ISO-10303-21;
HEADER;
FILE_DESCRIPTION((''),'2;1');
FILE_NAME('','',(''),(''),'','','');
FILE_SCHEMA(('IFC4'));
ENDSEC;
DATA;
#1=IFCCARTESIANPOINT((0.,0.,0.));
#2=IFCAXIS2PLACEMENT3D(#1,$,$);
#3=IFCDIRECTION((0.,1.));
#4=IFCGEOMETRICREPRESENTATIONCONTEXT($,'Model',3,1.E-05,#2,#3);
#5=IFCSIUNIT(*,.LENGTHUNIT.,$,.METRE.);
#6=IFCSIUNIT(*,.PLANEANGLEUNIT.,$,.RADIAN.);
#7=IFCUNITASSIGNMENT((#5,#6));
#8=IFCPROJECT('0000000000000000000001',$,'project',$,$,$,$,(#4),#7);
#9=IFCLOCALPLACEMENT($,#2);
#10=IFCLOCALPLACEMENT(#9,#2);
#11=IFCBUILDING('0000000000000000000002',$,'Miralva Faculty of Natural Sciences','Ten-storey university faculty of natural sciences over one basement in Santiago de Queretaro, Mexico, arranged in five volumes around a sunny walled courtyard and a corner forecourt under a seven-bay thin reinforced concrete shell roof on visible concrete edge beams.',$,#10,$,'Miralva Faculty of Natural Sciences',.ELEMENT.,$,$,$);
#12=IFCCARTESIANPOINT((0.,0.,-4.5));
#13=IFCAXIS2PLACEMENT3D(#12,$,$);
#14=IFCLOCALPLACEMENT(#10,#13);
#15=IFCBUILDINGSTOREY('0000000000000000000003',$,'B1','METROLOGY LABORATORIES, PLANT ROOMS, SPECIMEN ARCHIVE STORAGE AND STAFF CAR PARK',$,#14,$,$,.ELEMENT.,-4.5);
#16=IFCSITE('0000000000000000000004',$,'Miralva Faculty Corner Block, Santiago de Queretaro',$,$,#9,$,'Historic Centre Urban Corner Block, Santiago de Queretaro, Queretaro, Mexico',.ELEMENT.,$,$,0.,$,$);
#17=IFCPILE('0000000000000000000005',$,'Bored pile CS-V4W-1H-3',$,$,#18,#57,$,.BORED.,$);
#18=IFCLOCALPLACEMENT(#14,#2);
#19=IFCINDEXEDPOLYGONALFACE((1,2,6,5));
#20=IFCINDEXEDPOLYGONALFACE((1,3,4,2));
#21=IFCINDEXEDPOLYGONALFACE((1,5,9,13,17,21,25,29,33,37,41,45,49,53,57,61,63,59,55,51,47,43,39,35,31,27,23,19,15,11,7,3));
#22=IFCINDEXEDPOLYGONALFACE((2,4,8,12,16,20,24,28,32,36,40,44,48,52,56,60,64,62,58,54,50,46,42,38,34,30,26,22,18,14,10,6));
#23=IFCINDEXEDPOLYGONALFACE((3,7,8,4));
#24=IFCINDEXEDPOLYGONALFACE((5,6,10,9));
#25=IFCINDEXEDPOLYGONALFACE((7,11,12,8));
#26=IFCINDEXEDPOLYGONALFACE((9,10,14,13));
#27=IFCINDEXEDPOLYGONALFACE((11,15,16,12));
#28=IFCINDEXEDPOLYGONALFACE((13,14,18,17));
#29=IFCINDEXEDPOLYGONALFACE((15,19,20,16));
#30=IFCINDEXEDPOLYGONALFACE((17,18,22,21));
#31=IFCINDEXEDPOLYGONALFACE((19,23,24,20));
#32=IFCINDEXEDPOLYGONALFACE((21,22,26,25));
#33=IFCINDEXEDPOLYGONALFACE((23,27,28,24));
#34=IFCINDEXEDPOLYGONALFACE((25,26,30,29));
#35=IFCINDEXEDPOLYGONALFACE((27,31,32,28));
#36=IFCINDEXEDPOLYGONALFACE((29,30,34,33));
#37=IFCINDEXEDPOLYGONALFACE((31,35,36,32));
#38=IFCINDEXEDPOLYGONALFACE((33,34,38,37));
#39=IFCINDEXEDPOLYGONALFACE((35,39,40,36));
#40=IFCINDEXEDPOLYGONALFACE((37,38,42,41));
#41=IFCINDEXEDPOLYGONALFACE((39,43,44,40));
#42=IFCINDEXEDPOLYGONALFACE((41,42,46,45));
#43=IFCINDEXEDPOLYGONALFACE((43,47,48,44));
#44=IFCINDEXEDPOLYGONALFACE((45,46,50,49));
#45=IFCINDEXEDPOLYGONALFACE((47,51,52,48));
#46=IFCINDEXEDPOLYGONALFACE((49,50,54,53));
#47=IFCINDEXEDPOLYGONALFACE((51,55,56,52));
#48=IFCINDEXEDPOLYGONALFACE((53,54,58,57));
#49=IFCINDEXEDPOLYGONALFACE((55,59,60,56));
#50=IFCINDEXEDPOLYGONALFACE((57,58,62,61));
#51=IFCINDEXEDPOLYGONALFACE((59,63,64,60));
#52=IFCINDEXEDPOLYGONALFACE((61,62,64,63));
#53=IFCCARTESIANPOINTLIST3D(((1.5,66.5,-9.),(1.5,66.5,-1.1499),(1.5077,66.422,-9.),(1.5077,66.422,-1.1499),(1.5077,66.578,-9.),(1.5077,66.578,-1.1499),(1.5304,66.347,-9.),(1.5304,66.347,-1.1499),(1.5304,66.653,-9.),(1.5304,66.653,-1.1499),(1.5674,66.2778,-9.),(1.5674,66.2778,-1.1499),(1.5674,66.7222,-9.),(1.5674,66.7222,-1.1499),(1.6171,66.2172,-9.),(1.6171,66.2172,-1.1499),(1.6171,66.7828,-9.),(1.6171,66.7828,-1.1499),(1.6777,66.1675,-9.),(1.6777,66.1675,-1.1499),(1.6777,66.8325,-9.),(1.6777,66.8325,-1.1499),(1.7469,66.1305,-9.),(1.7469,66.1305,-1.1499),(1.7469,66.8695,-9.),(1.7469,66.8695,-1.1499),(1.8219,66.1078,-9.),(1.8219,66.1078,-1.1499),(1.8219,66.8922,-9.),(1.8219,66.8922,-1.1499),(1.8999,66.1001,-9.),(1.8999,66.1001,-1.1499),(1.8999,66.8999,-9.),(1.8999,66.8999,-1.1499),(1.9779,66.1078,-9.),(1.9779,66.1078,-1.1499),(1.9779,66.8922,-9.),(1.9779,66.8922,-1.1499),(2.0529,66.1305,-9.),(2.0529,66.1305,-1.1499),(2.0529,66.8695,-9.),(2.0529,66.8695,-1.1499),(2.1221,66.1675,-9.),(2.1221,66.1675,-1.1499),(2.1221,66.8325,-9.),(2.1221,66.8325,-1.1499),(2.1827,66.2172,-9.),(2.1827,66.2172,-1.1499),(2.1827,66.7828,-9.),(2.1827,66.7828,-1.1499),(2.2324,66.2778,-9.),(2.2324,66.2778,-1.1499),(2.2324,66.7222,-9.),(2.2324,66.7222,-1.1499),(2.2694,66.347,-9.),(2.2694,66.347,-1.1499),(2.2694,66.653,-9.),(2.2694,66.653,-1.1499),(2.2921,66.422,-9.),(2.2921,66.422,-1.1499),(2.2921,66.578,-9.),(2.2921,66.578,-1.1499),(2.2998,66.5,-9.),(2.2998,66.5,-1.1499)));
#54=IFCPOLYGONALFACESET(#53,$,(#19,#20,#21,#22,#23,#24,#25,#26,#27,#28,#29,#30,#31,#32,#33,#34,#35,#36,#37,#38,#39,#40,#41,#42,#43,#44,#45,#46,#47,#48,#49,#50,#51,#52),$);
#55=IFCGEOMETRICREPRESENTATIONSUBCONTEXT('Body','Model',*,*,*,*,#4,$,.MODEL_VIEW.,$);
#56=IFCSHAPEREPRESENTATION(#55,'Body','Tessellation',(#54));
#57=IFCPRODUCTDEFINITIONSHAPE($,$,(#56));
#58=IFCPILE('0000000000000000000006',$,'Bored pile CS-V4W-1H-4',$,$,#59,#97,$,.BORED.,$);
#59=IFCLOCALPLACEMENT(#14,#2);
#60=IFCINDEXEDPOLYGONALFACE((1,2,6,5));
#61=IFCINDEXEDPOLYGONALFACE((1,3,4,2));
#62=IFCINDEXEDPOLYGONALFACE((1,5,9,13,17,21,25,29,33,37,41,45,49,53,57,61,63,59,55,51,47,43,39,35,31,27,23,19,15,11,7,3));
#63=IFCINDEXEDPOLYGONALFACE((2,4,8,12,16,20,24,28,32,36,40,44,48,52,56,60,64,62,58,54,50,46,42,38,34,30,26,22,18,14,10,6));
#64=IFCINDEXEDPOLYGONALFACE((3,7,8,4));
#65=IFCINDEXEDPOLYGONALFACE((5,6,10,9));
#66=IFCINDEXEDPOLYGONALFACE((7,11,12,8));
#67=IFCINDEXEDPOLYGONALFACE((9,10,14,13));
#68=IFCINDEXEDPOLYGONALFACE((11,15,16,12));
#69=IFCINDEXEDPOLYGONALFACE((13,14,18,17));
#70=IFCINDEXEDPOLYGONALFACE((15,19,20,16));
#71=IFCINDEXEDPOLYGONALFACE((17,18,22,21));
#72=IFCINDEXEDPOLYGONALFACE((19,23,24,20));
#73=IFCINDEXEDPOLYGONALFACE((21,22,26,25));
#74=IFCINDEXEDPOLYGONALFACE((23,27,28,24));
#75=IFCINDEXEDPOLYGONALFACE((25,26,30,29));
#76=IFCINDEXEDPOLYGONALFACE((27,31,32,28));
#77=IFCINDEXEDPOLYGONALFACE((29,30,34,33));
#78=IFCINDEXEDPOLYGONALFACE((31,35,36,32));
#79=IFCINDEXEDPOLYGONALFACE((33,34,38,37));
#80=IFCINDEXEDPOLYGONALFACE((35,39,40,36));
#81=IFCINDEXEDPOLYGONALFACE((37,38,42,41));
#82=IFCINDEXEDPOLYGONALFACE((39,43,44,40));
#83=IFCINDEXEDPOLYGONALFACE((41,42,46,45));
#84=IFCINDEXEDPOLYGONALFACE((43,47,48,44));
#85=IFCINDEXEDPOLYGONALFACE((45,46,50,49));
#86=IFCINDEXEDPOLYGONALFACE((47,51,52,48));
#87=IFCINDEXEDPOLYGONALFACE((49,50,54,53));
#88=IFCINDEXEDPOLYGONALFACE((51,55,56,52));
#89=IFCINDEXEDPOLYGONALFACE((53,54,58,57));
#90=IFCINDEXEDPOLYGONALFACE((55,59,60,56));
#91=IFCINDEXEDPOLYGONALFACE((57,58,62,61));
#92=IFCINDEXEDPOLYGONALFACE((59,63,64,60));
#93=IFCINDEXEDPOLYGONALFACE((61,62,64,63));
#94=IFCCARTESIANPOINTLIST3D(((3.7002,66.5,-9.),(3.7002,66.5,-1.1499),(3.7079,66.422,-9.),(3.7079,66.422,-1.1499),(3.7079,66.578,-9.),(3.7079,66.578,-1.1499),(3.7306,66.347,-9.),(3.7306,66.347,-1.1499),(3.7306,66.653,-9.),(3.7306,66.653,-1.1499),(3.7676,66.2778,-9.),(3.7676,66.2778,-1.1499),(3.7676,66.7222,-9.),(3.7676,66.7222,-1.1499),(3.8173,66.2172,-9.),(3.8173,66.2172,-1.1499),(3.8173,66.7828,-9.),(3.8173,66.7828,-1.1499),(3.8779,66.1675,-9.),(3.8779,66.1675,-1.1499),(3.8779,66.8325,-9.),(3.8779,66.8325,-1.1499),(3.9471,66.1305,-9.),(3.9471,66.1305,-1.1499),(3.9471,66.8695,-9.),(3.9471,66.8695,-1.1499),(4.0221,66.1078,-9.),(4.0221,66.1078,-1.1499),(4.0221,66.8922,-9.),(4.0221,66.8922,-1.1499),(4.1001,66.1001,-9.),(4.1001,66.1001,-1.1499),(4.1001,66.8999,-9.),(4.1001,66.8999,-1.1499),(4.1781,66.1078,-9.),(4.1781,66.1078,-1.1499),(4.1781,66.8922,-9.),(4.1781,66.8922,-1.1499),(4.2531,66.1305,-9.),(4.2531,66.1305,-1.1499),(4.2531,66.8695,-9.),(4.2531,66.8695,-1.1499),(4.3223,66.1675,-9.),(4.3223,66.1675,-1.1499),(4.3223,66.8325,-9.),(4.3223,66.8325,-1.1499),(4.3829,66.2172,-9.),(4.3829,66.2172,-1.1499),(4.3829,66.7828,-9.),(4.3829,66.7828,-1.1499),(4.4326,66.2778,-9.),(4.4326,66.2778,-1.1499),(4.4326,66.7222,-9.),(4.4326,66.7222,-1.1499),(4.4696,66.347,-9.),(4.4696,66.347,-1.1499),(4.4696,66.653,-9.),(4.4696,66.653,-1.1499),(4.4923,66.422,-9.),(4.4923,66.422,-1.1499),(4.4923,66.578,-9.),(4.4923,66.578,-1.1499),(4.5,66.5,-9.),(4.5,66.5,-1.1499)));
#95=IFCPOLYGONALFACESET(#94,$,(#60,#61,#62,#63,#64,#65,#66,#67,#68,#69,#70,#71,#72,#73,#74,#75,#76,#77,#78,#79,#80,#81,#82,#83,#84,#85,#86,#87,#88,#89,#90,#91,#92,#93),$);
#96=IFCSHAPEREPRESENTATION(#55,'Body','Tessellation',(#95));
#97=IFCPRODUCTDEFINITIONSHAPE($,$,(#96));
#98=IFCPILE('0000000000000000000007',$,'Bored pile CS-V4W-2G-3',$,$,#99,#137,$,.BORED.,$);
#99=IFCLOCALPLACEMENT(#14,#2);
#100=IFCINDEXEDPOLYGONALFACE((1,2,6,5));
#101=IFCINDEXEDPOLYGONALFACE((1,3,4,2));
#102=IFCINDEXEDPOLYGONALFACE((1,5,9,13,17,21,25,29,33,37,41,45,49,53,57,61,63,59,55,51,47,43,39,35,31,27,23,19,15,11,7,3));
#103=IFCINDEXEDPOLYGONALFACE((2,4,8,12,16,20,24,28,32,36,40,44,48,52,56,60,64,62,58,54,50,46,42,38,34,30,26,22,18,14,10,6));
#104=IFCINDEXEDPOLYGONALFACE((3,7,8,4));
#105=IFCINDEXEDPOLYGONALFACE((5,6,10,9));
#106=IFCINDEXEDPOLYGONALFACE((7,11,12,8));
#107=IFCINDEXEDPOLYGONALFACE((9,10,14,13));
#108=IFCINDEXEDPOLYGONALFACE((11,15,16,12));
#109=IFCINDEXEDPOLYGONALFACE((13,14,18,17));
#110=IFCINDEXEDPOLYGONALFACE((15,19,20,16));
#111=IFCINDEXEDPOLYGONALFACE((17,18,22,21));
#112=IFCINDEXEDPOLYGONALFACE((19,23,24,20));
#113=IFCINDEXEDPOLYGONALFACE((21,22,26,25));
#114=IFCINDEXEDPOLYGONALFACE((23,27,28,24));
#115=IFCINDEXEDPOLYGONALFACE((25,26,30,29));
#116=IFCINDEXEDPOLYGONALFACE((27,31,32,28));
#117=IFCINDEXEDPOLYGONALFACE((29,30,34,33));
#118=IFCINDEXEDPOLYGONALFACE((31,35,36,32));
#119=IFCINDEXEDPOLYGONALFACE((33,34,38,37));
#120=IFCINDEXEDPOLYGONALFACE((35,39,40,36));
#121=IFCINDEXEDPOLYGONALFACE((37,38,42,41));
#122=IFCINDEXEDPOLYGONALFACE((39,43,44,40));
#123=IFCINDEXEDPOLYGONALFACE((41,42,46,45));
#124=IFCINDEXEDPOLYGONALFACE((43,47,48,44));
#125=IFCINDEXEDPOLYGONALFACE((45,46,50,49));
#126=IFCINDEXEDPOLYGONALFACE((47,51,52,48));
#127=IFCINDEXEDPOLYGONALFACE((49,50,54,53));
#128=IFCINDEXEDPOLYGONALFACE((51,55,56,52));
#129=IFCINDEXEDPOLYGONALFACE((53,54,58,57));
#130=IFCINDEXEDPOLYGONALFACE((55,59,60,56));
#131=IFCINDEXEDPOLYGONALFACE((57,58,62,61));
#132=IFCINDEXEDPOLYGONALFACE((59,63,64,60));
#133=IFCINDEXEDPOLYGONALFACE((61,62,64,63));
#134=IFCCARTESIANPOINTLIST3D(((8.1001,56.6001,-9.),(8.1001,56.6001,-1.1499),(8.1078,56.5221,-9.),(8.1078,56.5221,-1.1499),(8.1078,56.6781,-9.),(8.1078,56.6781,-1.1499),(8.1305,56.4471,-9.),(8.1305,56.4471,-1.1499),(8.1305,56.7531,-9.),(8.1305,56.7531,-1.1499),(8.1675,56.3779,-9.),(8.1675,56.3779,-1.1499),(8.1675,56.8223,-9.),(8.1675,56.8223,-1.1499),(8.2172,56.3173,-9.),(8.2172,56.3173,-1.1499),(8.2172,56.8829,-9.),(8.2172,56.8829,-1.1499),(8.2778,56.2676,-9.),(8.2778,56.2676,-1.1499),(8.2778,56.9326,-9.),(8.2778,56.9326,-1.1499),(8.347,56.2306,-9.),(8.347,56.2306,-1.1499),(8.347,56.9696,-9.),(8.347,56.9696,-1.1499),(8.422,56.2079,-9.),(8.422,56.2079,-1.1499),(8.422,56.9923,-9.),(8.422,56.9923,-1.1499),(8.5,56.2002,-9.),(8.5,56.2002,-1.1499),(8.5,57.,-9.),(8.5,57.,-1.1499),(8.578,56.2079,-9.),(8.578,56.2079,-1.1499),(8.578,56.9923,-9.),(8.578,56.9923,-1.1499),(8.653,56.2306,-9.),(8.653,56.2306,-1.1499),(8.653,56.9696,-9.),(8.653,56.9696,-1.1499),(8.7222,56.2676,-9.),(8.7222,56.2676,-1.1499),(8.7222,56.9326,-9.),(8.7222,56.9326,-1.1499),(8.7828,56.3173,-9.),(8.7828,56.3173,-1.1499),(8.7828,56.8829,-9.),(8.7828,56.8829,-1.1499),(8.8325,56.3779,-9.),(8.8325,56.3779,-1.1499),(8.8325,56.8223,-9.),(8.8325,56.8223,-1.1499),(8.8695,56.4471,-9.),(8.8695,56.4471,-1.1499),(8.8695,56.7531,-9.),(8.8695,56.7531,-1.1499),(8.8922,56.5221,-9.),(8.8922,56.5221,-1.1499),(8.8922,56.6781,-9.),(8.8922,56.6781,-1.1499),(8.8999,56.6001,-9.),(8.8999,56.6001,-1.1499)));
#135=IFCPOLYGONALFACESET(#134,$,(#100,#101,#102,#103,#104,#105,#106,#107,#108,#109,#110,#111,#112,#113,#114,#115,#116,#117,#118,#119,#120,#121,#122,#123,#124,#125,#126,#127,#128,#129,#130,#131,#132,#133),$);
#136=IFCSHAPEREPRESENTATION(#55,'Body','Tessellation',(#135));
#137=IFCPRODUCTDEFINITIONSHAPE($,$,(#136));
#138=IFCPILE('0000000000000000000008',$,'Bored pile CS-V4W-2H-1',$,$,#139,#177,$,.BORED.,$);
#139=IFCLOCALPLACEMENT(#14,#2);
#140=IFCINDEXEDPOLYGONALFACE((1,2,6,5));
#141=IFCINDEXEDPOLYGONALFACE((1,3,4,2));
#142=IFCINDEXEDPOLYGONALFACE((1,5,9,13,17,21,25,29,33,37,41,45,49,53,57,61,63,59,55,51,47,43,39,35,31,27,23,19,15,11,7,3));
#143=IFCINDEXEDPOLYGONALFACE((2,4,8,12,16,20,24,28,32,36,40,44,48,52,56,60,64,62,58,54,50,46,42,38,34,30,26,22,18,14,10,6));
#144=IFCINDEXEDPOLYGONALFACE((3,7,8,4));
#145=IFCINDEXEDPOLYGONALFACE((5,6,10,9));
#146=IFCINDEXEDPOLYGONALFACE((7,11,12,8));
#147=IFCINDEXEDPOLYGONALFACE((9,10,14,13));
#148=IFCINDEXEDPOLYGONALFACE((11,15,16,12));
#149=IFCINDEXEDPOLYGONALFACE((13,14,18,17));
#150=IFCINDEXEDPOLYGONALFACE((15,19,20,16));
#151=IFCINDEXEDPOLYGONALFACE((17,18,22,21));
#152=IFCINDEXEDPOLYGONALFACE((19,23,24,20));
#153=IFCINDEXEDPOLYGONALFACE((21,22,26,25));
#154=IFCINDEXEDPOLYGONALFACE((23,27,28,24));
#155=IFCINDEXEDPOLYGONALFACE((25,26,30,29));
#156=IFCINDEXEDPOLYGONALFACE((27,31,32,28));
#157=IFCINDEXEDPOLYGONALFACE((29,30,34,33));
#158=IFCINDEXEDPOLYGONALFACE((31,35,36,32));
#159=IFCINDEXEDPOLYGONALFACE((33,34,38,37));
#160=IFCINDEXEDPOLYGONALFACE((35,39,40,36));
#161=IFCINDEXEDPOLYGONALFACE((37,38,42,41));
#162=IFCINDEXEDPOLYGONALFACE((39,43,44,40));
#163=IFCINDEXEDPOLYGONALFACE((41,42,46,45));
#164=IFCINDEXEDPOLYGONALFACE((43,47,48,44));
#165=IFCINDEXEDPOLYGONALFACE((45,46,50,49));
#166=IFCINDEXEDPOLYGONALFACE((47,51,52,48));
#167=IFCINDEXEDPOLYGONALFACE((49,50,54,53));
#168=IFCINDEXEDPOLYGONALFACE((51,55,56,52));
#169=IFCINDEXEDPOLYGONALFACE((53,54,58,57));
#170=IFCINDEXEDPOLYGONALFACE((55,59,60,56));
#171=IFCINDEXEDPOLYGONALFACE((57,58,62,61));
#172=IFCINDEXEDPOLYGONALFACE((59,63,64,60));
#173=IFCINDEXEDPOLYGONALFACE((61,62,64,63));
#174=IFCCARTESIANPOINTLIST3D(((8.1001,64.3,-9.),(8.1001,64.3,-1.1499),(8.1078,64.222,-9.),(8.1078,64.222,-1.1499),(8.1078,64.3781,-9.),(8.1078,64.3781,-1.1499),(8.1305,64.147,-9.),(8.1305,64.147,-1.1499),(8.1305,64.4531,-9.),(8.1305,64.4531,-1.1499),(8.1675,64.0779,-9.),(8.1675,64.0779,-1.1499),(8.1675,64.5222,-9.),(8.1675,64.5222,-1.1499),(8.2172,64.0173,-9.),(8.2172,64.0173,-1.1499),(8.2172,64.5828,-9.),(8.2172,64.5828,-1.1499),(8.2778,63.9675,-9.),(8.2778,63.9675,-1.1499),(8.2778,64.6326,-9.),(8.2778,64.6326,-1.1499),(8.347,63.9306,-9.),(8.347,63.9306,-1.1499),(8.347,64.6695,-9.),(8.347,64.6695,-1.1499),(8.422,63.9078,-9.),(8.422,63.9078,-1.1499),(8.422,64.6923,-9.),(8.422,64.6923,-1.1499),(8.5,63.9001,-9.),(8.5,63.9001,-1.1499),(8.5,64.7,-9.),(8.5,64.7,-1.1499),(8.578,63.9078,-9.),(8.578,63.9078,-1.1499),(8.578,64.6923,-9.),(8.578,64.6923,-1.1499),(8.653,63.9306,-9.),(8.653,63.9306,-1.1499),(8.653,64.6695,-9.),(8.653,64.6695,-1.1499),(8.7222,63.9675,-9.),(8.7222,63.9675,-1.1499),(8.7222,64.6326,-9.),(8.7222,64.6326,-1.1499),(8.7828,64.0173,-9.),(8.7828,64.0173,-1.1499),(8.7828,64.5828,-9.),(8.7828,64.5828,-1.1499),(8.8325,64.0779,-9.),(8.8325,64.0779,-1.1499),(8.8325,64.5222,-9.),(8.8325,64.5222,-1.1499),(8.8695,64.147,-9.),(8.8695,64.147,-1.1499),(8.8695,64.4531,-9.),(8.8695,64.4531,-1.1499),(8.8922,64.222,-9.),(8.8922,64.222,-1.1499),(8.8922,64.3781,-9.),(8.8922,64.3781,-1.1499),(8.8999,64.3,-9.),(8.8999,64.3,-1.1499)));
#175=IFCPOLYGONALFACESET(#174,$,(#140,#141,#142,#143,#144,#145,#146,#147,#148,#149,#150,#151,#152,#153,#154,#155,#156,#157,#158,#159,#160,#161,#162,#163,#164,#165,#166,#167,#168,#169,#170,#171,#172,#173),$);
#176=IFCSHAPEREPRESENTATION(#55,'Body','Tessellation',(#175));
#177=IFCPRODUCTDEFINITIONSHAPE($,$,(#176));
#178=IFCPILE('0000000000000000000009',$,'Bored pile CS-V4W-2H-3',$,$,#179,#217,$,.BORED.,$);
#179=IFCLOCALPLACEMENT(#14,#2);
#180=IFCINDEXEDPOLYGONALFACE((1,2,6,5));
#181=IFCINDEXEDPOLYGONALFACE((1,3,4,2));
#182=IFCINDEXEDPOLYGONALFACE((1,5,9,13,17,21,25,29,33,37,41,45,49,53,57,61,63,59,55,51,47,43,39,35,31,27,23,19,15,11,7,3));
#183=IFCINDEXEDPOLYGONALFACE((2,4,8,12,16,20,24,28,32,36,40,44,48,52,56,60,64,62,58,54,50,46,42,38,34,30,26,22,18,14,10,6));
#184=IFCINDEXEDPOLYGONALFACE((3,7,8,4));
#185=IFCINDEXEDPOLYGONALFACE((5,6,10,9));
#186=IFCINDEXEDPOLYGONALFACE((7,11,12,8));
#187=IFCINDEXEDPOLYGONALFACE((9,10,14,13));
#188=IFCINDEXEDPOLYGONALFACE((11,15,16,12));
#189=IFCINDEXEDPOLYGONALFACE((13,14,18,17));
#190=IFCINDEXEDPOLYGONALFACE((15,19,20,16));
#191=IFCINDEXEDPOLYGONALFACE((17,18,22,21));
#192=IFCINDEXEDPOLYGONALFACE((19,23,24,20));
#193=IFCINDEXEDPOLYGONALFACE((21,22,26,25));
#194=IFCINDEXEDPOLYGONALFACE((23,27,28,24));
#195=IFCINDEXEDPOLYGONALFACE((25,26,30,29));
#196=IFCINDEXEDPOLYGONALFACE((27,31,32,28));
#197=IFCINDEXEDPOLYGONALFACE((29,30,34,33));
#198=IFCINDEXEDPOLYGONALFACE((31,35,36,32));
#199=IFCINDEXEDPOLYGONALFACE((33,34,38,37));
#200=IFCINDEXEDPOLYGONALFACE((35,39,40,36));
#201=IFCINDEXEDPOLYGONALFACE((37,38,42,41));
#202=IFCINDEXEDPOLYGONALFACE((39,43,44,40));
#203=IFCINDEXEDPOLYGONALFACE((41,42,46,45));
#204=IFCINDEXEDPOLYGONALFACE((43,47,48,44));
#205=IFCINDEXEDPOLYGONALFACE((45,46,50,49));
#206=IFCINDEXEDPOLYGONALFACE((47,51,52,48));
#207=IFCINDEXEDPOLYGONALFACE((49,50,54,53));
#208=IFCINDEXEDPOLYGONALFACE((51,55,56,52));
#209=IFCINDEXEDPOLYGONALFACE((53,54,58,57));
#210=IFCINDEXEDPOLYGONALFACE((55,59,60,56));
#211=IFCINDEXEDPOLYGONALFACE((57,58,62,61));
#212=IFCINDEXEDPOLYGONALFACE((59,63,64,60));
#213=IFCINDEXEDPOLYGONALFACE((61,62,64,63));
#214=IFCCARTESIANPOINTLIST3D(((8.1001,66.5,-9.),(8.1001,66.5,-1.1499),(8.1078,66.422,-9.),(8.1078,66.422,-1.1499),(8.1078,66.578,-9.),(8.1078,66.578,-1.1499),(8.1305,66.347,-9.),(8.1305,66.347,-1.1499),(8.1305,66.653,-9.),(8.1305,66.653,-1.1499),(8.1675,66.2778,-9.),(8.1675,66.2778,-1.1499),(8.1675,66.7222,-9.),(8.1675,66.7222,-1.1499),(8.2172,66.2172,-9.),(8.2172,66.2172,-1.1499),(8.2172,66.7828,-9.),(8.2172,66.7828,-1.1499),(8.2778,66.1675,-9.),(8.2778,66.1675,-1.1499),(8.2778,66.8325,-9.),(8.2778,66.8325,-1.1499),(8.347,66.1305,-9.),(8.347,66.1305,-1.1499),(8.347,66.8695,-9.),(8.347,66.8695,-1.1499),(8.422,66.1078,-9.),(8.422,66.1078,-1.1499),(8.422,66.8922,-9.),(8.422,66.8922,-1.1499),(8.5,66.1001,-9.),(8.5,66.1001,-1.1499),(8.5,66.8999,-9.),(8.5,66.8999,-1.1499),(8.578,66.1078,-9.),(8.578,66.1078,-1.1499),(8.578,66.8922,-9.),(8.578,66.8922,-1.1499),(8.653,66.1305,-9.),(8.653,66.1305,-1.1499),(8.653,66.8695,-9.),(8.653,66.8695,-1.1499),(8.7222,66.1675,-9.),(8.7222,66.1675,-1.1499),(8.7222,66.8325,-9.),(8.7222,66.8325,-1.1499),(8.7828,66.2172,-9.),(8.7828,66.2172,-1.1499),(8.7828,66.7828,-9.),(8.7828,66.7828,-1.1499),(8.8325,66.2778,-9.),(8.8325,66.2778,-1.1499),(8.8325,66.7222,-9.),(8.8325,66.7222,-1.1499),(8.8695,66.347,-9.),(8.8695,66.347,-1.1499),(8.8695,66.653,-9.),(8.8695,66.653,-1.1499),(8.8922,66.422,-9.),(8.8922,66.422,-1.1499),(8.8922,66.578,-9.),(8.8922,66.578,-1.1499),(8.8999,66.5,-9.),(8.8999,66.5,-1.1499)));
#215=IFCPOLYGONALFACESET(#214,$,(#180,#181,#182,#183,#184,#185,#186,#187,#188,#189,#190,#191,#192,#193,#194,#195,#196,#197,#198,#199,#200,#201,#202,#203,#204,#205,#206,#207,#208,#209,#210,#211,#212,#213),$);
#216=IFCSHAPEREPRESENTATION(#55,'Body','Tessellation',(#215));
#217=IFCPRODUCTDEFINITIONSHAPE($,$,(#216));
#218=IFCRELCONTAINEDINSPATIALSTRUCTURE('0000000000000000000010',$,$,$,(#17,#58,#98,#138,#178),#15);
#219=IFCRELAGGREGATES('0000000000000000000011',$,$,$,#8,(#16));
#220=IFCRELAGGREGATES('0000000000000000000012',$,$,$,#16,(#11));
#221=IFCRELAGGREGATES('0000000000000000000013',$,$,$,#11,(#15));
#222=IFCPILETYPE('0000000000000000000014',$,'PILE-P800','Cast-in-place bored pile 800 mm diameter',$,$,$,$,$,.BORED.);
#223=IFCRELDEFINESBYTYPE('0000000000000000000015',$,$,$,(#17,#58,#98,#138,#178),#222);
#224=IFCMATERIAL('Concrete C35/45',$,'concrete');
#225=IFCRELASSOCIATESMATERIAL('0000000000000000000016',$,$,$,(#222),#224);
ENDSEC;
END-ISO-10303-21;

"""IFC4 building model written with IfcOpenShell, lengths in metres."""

from ifc_helpers import new_model, si_unit, direction, frame, origin, origin_2d, place, context, subcontext, project, spatial, circle, extrude, material, material_profile, profile_set, type_object, element, save


model = new_model("IFC4")

# Units and contexts
model_context = context("Model", 3, precision=1e-05, world=origin(), true_north=direction((0.0, 1.0)))
body_context = subcontext(model_context, "Body", "Model", "MODEL_VIEW")
ifc_project = project(units=[si_unit("LENGTHUNIT", "METRE"), si_unit("PLANEANGLEUNIT", "RADIAN")], contexts=[model_context])

# Site, building, storey
site_placement = place(None, origin())
site = spatial("IfcSite", under=ifc_project, at=site_placement, Name="Miralva Faculty Corner Block, Santiago de Queretaro", LongName="Historic Centre Urban Corner Block, Santiago de Queretaro, Queretaro, Mexico", CompositionType="ELEMENT", RefElevation=0.0)
building_placement = place(site_placement, origin())
building = spatial("IfcBuilding", under=site, at=building_placement, Name="Miralva Faculty of Natural Sciences", Description="Ten-storey university faculty of natural sciences over one basement in Santiago de Queretaro, Mexico, arranged in five volumes around a sunny walled courtyard and a corner forecourt under a seven-bay thin reinforced concrete shell roof on visible concrete edge beams.", LongName="Miralva Faculty of Natural Sciences", CompositionType="ELEMENT")
storey_placement = place(building_placement, frame((0.0, 0.0, -4.5)))
storey = spatial("IfcBuildingStorey", under=building, at=storey_placement, Name="B1", Description="METROLOGY LABORATORIES, PLANT ROOMS, SPECIMEN ARCHIVE STORAGE AND STAFF CAR PARK", CompositionType="ELEMENT", Elevation=-4.5)

# Shared definitions
ifc_material_1 = material(Name="Concrete C35/45", Category="concrete")

# Piles
ifc_material_profile_1 = material_profile(ifc_material_1, circle(Radius=0.3999, at=origin_2d()), Name="BORED PILE 800")
ifc_profile_set_1 = profile_set([ifc_material_profile_1], Name="Concrete C35/45")
pile_type = type_object("IfcPileType", Name="PILE-P800", Description="Cast-in-place bored pile 800 mm diameter", PredefinedType="BORED", material=ifc_profile_set_1)
for number, where, z_axis, x_axis, name in (
    (1, (1.8999, 66.5, -1.1499), (0.0, 0.0, -1.0), (1.0, 0.0, 0.0), "Bored pile CS-V4W-1H-3"),
    (2, (4.1001, 66.5, -1.1499), (0.0, 0.0, -1.0), (1.0, 0.0, 0.0), "Bored pile CS-V4W-1H-4"),
    (3, (8.5, 56.6001, -1.1499), (0.0, 0.0, -1.0), (1.0, 0.0, 0.0), "Bored pile CS-V4W-2G-3"),
    (4, (8.5, 64.3, -1.1499), (0.0, 0.0, -1.0), (1.0, 0.0, 0.0), "Bored pile CS-V4W-2H-1"),
    (5, (8.5, 66.5, -1.1499), (0.0, 0.0, -1.0), (1.0, 0.0, 0.0), "Bored pile CS-V4W-2H-3"),
):
    element("IfcPile", number, at=place(storey_placement, frame(where, z_axis=z_axis, x_axis=x_axis)), inside=storey, type_object=pile_type, Name=name, PredefinedType="BORED", context=body_context, shape_type="SweptSolid", body=[
        extrude(circle(Radius=0.3999, at=origin_2d()), origin(), (0.0, 0.0, 1.0), 7.8501),
    ])

save(model, "model.ifc")
